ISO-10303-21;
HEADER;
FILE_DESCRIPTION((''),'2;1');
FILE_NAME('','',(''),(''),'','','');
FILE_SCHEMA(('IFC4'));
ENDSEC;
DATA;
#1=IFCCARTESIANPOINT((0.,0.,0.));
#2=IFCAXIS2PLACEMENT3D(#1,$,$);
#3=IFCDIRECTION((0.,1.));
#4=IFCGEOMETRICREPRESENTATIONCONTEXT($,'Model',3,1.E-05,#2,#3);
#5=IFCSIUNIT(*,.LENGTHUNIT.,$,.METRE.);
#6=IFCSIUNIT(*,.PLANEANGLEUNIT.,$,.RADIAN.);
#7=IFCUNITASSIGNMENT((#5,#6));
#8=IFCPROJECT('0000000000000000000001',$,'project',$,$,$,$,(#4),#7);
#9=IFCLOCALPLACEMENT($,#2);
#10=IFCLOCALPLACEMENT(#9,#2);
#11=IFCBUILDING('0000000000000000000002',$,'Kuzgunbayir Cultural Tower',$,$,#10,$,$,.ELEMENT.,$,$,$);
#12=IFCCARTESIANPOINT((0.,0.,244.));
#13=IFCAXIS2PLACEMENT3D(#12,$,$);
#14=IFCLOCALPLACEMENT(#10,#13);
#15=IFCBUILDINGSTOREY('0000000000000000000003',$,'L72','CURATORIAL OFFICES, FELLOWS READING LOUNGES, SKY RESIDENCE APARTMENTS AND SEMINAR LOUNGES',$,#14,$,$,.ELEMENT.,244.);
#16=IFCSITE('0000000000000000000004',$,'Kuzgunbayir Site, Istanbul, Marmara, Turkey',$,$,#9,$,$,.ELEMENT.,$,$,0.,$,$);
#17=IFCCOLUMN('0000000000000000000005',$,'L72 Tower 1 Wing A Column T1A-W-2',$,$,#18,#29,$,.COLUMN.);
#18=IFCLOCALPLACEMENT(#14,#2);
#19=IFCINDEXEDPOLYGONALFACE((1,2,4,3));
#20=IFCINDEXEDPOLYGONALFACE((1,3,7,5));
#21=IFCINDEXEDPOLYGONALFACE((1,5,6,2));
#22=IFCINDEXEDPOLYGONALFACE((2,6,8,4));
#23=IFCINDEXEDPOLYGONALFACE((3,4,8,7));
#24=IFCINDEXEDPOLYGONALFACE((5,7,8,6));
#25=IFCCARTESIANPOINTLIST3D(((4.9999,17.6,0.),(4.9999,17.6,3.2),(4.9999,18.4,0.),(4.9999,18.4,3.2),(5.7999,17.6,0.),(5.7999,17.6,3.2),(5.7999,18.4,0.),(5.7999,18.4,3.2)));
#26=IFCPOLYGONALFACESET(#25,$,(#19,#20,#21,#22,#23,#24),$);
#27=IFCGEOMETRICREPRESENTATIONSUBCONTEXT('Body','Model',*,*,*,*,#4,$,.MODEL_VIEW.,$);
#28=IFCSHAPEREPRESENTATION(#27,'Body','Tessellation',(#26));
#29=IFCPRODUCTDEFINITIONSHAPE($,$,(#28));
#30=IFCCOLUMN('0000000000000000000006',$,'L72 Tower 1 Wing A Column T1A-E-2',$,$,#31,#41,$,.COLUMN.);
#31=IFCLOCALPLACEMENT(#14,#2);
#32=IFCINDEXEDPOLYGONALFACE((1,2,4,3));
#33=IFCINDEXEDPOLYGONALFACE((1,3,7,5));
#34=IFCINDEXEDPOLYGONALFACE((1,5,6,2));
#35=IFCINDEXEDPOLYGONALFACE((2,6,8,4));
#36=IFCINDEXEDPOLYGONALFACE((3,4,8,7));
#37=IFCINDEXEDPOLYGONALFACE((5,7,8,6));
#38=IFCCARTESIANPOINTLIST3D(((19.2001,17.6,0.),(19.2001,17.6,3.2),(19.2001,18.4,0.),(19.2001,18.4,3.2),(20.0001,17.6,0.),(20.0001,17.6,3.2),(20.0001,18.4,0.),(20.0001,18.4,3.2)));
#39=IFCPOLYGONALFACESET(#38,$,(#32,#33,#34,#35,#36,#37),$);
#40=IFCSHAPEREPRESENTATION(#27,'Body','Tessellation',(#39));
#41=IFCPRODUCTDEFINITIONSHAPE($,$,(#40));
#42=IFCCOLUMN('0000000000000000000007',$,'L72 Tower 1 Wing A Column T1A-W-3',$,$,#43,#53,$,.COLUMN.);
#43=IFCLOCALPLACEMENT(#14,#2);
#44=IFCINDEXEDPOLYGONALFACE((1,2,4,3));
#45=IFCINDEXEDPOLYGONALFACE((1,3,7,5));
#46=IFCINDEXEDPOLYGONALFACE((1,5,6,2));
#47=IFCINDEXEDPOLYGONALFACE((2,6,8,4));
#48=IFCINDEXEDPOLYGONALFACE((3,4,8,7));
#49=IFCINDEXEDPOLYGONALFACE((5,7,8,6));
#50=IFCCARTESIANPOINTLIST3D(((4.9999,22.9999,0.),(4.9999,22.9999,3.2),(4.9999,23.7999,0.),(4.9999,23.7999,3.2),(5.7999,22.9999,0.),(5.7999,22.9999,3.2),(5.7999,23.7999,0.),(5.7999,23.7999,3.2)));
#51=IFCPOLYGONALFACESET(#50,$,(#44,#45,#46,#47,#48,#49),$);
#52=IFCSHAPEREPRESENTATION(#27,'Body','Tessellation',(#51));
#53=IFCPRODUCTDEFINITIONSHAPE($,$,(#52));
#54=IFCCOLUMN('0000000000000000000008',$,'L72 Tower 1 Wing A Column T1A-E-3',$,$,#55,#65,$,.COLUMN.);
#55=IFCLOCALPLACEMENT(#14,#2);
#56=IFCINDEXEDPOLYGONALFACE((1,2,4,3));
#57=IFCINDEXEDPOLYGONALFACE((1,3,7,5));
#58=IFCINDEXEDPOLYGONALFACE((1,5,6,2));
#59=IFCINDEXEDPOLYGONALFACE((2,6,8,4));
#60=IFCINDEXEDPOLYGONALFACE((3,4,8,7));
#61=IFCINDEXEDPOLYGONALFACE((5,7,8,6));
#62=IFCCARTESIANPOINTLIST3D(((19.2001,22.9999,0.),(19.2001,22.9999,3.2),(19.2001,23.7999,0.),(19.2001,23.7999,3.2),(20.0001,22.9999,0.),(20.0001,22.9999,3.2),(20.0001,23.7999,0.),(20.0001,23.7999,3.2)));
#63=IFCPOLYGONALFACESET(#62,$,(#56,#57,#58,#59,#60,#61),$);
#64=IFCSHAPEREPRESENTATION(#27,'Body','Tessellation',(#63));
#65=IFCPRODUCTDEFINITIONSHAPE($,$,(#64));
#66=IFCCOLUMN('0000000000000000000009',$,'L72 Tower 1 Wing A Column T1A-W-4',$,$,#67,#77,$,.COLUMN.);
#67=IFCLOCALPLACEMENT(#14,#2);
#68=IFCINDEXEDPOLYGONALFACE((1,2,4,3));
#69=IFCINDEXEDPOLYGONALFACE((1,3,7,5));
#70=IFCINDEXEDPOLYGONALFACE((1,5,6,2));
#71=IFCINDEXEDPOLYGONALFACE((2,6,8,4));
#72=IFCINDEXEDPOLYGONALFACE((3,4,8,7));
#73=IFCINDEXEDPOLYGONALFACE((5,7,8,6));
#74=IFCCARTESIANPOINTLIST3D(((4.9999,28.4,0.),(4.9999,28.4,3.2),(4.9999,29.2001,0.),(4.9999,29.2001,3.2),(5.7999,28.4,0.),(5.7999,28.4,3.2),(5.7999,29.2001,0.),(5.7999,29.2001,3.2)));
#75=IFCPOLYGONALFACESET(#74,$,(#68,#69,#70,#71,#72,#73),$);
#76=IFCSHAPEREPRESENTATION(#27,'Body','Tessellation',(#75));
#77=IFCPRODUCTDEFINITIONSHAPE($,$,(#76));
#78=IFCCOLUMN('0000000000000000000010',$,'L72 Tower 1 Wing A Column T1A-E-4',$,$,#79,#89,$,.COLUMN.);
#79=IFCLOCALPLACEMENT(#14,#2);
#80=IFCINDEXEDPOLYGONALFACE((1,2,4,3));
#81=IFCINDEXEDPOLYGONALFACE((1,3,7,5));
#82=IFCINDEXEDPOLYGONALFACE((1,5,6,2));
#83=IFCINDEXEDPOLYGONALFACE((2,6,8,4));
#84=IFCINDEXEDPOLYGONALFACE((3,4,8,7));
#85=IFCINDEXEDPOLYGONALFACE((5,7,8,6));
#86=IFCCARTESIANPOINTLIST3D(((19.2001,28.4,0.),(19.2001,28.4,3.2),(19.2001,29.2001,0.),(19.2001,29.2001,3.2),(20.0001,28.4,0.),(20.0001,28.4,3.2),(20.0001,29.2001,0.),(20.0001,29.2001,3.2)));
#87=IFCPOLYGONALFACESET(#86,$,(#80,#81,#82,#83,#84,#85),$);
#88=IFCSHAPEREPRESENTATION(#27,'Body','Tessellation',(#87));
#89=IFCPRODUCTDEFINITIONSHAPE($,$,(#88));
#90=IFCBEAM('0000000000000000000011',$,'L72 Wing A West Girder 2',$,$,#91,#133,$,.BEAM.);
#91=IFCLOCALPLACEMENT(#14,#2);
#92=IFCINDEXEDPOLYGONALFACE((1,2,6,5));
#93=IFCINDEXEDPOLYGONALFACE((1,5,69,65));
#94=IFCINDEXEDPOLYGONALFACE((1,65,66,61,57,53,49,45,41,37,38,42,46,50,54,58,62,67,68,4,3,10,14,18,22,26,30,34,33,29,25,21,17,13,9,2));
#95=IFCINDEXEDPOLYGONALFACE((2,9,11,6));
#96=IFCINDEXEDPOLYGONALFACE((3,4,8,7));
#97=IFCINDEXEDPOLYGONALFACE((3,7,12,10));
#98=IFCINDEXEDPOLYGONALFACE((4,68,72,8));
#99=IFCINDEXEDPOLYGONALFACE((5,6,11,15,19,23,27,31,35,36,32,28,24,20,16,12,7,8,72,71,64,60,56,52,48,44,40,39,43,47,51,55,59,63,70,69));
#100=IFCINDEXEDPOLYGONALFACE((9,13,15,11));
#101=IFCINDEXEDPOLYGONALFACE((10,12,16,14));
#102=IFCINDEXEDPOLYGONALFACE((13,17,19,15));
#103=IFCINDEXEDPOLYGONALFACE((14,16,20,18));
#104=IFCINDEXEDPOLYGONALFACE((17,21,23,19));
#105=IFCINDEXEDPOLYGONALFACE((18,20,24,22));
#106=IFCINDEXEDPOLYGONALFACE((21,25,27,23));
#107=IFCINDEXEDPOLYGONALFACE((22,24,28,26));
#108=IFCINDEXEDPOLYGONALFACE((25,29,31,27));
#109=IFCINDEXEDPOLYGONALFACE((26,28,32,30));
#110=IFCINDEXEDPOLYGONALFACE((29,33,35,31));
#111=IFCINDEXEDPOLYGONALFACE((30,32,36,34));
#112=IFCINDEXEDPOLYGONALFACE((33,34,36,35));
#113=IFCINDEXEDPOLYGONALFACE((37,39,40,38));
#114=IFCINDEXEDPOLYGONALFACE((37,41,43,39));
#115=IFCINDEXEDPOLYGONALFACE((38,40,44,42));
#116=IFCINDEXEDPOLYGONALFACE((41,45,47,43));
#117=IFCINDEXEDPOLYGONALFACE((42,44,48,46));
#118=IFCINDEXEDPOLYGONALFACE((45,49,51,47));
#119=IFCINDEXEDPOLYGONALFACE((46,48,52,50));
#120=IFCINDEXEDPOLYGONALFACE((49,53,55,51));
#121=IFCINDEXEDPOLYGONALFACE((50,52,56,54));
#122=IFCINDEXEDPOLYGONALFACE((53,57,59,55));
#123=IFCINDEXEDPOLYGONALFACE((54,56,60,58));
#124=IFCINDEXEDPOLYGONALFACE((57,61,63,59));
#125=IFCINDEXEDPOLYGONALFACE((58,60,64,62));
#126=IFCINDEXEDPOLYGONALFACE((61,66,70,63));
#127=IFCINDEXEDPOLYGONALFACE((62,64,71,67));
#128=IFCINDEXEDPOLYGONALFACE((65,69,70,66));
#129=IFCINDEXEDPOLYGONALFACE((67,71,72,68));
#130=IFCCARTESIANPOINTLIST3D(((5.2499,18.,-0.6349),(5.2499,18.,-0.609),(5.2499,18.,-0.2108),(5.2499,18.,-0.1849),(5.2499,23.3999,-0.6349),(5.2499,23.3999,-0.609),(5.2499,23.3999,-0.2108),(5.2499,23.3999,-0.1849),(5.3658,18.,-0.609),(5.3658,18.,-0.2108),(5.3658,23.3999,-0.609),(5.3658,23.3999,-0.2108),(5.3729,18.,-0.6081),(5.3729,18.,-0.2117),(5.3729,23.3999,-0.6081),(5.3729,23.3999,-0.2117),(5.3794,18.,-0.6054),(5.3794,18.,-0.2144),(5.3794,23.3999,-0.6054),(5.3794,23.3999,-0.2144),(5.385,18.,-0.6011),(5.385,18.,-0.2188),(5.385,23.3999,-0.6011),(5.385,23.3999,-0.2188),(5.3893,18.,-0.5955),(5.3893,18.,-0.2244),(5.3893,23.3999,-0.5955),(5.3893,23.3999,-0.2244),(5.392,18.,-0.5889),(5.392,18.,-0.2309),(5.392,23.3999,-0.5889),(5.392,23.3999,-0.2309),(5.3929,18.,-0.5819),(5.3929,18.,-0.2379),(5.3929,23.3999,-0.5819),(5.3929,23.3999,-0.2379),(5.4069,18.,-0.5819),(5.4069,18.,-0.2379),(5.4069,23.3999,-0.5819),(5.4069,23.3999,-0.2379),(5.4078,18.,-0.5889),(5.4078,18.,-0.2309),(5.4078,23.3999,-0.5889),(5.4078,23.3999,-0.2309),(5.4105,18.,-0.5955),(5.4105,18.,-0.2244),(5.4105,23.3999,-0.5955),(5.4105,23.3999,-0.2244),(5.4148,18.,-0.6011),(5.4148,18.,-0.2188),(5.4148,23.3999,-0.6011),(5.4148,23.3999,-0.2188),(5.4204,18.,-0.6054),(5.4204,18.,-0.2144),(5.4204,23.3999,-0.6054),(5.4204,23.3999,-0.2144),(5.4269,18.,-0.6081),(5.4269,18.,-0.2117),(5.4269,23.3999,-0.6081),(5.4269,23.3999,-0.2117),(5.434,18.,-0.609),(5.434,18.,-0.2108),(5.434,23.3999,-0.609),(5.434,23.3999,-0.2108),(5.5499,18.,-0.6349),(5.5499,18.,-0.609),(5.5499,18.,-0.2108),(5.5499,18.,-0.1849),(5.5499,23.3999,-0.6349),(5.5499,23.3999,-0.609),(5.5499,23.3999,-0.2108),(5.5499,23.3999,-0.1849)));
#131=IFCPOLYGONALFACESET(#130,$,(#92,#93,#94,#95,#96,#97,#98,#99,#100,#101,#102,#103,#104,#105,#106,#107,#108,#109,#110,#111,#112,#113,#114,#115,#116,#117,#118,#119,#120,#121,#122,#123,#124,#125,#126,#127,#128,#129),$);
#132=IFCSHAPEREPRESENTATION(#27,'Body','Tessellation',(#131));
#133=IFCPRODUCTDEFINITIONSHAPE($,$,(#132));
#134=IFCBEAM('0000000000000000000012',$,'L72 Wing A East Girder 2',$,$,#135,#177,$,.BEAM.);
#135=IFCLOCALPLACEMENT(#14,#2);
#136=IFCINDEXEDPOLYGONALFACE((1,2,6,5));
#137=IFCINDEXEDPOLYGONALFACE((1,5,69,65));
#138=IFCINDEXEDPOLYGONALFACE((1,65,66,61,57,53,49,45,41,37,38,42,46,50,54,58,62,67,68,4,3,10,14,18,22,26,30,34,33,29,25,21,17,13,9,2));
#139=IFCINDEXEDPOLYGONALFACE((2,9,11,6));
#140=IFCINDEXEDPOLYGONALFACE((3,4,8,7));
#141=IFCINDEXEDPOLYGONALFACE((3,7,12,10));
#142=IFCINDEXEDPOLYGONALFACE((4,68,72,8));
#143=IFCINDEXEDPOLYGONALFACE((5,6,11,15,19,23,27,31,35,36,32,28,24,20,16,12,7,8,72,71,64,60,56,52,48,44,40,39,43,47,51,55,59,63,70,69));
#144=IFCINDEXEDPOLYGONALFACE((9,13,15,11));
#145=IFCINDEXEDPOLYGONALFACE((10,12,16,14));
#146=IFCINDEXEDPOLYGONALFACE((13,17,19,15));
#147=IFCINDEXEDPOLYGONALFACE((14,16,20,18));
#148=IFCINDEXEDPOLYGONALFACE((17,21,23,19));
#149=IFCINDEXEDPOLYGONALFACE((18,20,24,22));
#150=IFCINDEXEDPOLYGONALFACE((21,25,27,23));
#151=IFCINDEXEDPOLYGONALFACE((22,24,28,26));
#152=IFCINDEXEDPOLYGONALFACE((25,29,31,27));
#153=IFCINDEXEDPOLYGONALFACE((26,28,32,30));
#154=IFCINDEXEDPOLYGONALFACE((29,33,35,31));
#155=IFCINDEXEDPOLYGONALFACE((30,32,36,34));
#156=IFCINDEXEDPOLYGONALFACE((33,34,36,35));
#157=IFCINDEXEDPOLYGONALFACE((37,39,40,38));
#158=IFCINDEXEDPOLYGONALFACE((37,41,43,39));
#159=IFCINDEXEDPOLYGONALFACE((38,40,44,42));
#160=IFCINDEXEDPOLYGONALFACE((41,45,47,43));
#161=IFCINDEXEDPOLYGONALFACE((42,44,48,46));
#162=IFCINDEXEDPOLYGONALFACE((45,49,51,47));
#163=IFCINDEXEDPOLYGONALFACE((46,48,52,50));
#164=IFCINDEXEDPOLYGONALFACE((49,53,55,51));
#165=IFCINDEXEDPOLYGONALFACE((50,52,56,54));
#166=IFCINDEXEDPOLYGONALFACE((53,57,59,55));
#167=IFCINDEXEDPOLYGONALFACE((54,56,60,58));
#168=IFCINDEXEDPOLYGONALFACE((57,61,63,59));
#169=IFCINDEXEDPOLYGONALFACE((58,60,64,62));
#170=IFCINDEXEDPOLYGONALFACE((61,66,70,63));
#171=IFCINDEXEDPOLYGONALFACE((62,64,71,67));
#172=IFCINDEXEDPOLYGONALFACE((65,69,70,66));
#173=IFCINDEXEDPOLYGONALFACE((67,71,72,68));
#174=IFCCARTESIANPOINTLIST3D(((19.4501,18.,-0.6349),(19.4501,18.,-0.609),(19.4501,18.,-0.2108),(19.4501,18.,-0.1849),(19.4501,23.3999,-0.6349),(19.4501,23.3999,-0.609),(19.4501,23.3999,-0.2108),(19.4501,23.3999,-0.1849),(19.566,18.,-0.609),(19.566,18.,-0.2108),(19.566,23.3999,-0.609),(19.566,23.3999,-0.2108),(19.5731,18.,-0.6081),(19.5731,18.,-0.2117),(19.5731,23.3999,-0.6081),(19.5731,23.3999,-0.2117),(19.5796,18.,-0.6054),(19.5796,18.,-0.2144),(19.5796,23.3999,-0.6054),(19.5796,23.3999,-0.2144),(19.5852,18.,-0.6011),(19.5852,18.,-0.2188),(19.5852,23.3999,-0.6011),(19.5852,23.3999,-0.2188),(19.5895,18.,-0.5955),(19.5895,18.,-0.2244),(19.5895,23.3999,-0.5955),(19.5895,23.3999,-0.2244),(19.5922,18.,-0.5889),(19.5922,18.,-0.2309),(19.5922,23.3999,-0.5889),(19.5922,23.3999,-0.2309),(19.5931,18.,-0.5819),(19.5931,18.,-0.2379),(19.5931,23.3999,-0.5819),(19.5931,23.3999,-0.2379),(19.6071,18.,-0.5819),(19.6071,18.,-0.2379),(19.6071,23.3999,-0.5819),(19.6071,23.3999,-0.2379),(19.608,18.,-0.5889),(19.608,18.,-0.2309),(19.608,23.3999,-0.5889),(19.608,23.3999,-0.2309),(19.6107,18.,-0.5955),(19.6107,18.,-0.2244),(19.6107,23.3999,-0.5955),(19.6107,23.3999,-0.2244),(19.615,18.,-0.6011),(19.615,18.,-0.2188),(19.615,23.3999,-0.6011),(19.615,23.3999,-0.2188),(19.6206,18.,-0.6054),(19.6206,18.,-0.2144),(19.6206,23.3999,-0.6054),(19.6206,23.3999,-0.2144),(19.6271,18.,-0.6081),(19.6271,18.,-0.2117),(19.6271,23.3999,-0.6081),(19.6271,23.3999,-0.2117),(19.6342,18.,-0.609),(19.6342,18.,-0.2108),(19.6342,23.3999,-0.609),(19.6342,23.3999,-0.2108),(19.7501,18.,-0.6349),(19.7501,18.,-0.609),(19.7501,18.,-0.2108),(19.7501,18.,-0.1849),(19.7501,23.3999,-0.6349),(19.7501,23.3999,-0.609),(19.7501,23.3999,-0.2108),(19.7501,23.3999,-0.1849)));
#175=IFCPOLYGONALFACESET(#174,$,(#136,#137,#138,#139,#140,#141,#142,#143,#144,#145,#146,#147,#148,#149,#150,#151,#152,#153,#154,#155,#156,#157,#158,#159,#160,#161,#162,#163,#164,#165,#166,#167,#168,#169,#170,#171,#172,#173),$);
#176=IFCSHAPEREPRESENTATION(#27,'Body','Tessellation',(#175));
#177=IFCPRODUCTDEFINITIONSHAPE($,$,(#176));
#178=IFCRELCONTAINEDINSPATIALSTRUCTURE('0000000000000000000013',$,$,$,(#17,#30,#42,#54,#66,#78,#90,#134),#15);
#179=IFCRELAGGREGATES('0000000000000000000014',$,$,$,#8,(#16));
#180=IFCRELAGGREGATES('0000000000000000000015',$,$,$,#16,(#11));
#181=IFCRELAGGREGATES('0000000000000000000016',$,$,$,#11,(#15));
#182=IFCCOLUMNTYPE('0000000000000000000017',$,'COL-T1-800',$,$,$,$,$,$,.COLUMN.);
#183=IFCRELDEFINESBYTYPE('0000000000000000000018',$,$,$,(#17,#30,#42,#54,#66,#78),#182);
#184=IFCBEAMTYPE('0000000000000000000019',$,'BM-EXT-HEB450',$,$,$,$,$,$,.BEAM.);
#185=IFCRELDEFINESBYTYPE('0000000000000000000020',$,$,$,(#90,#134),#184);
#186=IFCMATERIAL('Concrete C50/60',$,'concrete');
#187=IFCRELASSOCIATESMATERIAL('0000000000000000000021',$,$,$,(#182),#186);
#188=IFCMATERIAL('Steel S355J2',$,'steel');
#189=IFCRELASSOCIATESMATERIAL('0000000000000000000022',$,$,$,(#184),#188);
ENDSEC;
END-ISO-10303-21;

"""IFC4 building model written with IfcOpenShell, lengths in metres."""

from ifc_helpers import new_model, si_unit, direction, frame, origin, origin_2d, place, context, subcontext, project, spatial, rectangle, i_section, extrude, material, material_profile, profile_set, type_object, element, save


model = new_model("IFC4")

# Units and contexts
model_context = context("Model", 3, precision=1e-05, world=origin(), true_north=direction((0.0, 1.0)))
body_context = subcontext(model_context, "Body", "Model", "MODEL_VIEW")
ifc_project = project(units=[si_unit("LENGTHUNIT", "METRE"), si_unit("PLANEANGLEUNIT", "RADIAN")], contexts=[model_context])

# Site, building, storey
site_placement = place(None, origin())
site = spatial("IfcSite", under=ifc_project, at=site_placement, Name="Kuzgunbayir Site, Istanbul, Marmara, Turkey", CompositionType="ELEMENT", RefElevation=0.0)
building_placement = place(site_placement, origin())
building = spatial("IfcBuilding", under=site, at=building_placement, Name="Kuzgunbayir Cultural Tower", CompositionType="ELEMENT")
storey_placement = place(building_placement, frame((0.0, 0.0, 244.0)))
storey = spatial("IfcBuildingStorey", under=building, at=storey_placement, Name="L72", Description="CURATORIAL OFFICES, FELLOWS READING LOUNGES, SKY RESIDENCE APARTMENTS AND SEMINAR LOUNGES", CompositionType="ELEMENT", Elevation=244.0)

# Columns
ifc_material_1 = material(Name="Concrete C50/60", Category="concrete")
ifc_material_profile_1 = material_profile(ifc_material_1, rectangle(XDim=0.8, YDim=0.8, at=origin_2d()), Name="RC 800x800")
ifc_profile_set_1 = profile_set([ifc_material_profile_1], Name="Concrete C50/60")
column_type = type_object("IfcColumnType", Name="COL-T1-800", PredefinedType="COLUMN", material=ifc_profile_set_1)
for number, where, z_axis, x_axis, name in (
    (1, (5.3999, 18.0, 0.0), (0.0, 0.0, 1.0), (1.0, 0.0, 0.0), "L72 Tower 1 Wing A Column T1A-W-2"),
    (2, (19.6001, 18.0, 0.0), (0.0, 0.0, 1.0), (1.0, 0.0, 0.0), "L72 Tower 1 Wing A Column T1A-E-2"),
    (3, (5.3999, 23.3999, 0.0), (0.0, 0.0, 1.0), (1.0, 0.0, 0.0), "L72 Tower 1 Wing A Column T1A-W-3"),
    (4, (19.6001, 23.3999, 0.0), (0.0, 0.0, 1.0), (1.0, 0.0, 0.0), "L72 Tower 1 Wing A Column T1A-E-3"),
    (5, (5.3999, 28.8, 0.0), (0.0, 0.0, 1.0), (1.0, 0.0, 0.0), "L72 Tower 1 Wing A Column T1A-W-4"),
    (6, (19.6001, 28.8, 0.0), (0.0, 0.0, 1.0), (1.0, 0.0, 0.0), "L72 Tower 1 Wing A Column T1A-E-4"),
):
    element("IfcColumn", number, at=place(storey_placement, frame(where, z_axis=z_axis, x_axis=x_axis)), inside=storey, type_object=column_type, Name=name, PredefinedType="COLUMN", context=body_context, shape_type="SweptSolid", body=[
        extrude(rectangle(XDim=0.8, YDim=0.8, at=origin_2d()), origin(), (0.0, 0.0, 1.0), 3.2),
    ])

# Beams
ifc_material_2 = material(Name="Steel S355J2", Category="steel")
ifc_material_profile_2 = material_profile(ifc_material_2, i_section(OverallWidth=0.3, OverallDepth=0.45, WebThickness=0.0139, FlangeThickness=0.0259, FilletRadius=0.0271, at=origin_2d()), Name="HEB 450")
ifc_profile_set_2 = profile_set([ifc_material_profile_2], Name="Steel S355J2")
beam_type_1 = type_object("IfcBeamType", Name="BM-EXT-HEB450", PredefinedType="BEAM", material=ifc_profile_set_2)
for number, where, z_axis, x_axis, name in (
    (7, (5.3999, 18.0, -0.4099), (0.0, 1.0, 0.0), (-1.0, 0.0, 0.0), "L72 Wing A West Girder 2"),
    (8, (19.6001, 18.0, -0.4099), (0.0, 1.0, 0.0), (-1.0, 0.0, 0.0), "L72 Wing A East Girder 2"),
):
    element("IfcBeam", number, at=place(storey_placement, frame(where, z_axis=z_axis, x_axis=x_axis)), inside=storey, type_object=beam_type_1, Name=name, PredefinedType="BEAM", context=body_context, shape_type="SweptSolid", body=[
        extrude(i_section(OverallWidth=0.3, OverallDepth=0.45, WebThickness=0.0139, FlangeThickness=0.0259, FilletRadius=0.0271, at=origin_2d()), origin(), (0.0, 0.0, 1.0), 5.3999),
    ])

save(model, "model.ifc")
